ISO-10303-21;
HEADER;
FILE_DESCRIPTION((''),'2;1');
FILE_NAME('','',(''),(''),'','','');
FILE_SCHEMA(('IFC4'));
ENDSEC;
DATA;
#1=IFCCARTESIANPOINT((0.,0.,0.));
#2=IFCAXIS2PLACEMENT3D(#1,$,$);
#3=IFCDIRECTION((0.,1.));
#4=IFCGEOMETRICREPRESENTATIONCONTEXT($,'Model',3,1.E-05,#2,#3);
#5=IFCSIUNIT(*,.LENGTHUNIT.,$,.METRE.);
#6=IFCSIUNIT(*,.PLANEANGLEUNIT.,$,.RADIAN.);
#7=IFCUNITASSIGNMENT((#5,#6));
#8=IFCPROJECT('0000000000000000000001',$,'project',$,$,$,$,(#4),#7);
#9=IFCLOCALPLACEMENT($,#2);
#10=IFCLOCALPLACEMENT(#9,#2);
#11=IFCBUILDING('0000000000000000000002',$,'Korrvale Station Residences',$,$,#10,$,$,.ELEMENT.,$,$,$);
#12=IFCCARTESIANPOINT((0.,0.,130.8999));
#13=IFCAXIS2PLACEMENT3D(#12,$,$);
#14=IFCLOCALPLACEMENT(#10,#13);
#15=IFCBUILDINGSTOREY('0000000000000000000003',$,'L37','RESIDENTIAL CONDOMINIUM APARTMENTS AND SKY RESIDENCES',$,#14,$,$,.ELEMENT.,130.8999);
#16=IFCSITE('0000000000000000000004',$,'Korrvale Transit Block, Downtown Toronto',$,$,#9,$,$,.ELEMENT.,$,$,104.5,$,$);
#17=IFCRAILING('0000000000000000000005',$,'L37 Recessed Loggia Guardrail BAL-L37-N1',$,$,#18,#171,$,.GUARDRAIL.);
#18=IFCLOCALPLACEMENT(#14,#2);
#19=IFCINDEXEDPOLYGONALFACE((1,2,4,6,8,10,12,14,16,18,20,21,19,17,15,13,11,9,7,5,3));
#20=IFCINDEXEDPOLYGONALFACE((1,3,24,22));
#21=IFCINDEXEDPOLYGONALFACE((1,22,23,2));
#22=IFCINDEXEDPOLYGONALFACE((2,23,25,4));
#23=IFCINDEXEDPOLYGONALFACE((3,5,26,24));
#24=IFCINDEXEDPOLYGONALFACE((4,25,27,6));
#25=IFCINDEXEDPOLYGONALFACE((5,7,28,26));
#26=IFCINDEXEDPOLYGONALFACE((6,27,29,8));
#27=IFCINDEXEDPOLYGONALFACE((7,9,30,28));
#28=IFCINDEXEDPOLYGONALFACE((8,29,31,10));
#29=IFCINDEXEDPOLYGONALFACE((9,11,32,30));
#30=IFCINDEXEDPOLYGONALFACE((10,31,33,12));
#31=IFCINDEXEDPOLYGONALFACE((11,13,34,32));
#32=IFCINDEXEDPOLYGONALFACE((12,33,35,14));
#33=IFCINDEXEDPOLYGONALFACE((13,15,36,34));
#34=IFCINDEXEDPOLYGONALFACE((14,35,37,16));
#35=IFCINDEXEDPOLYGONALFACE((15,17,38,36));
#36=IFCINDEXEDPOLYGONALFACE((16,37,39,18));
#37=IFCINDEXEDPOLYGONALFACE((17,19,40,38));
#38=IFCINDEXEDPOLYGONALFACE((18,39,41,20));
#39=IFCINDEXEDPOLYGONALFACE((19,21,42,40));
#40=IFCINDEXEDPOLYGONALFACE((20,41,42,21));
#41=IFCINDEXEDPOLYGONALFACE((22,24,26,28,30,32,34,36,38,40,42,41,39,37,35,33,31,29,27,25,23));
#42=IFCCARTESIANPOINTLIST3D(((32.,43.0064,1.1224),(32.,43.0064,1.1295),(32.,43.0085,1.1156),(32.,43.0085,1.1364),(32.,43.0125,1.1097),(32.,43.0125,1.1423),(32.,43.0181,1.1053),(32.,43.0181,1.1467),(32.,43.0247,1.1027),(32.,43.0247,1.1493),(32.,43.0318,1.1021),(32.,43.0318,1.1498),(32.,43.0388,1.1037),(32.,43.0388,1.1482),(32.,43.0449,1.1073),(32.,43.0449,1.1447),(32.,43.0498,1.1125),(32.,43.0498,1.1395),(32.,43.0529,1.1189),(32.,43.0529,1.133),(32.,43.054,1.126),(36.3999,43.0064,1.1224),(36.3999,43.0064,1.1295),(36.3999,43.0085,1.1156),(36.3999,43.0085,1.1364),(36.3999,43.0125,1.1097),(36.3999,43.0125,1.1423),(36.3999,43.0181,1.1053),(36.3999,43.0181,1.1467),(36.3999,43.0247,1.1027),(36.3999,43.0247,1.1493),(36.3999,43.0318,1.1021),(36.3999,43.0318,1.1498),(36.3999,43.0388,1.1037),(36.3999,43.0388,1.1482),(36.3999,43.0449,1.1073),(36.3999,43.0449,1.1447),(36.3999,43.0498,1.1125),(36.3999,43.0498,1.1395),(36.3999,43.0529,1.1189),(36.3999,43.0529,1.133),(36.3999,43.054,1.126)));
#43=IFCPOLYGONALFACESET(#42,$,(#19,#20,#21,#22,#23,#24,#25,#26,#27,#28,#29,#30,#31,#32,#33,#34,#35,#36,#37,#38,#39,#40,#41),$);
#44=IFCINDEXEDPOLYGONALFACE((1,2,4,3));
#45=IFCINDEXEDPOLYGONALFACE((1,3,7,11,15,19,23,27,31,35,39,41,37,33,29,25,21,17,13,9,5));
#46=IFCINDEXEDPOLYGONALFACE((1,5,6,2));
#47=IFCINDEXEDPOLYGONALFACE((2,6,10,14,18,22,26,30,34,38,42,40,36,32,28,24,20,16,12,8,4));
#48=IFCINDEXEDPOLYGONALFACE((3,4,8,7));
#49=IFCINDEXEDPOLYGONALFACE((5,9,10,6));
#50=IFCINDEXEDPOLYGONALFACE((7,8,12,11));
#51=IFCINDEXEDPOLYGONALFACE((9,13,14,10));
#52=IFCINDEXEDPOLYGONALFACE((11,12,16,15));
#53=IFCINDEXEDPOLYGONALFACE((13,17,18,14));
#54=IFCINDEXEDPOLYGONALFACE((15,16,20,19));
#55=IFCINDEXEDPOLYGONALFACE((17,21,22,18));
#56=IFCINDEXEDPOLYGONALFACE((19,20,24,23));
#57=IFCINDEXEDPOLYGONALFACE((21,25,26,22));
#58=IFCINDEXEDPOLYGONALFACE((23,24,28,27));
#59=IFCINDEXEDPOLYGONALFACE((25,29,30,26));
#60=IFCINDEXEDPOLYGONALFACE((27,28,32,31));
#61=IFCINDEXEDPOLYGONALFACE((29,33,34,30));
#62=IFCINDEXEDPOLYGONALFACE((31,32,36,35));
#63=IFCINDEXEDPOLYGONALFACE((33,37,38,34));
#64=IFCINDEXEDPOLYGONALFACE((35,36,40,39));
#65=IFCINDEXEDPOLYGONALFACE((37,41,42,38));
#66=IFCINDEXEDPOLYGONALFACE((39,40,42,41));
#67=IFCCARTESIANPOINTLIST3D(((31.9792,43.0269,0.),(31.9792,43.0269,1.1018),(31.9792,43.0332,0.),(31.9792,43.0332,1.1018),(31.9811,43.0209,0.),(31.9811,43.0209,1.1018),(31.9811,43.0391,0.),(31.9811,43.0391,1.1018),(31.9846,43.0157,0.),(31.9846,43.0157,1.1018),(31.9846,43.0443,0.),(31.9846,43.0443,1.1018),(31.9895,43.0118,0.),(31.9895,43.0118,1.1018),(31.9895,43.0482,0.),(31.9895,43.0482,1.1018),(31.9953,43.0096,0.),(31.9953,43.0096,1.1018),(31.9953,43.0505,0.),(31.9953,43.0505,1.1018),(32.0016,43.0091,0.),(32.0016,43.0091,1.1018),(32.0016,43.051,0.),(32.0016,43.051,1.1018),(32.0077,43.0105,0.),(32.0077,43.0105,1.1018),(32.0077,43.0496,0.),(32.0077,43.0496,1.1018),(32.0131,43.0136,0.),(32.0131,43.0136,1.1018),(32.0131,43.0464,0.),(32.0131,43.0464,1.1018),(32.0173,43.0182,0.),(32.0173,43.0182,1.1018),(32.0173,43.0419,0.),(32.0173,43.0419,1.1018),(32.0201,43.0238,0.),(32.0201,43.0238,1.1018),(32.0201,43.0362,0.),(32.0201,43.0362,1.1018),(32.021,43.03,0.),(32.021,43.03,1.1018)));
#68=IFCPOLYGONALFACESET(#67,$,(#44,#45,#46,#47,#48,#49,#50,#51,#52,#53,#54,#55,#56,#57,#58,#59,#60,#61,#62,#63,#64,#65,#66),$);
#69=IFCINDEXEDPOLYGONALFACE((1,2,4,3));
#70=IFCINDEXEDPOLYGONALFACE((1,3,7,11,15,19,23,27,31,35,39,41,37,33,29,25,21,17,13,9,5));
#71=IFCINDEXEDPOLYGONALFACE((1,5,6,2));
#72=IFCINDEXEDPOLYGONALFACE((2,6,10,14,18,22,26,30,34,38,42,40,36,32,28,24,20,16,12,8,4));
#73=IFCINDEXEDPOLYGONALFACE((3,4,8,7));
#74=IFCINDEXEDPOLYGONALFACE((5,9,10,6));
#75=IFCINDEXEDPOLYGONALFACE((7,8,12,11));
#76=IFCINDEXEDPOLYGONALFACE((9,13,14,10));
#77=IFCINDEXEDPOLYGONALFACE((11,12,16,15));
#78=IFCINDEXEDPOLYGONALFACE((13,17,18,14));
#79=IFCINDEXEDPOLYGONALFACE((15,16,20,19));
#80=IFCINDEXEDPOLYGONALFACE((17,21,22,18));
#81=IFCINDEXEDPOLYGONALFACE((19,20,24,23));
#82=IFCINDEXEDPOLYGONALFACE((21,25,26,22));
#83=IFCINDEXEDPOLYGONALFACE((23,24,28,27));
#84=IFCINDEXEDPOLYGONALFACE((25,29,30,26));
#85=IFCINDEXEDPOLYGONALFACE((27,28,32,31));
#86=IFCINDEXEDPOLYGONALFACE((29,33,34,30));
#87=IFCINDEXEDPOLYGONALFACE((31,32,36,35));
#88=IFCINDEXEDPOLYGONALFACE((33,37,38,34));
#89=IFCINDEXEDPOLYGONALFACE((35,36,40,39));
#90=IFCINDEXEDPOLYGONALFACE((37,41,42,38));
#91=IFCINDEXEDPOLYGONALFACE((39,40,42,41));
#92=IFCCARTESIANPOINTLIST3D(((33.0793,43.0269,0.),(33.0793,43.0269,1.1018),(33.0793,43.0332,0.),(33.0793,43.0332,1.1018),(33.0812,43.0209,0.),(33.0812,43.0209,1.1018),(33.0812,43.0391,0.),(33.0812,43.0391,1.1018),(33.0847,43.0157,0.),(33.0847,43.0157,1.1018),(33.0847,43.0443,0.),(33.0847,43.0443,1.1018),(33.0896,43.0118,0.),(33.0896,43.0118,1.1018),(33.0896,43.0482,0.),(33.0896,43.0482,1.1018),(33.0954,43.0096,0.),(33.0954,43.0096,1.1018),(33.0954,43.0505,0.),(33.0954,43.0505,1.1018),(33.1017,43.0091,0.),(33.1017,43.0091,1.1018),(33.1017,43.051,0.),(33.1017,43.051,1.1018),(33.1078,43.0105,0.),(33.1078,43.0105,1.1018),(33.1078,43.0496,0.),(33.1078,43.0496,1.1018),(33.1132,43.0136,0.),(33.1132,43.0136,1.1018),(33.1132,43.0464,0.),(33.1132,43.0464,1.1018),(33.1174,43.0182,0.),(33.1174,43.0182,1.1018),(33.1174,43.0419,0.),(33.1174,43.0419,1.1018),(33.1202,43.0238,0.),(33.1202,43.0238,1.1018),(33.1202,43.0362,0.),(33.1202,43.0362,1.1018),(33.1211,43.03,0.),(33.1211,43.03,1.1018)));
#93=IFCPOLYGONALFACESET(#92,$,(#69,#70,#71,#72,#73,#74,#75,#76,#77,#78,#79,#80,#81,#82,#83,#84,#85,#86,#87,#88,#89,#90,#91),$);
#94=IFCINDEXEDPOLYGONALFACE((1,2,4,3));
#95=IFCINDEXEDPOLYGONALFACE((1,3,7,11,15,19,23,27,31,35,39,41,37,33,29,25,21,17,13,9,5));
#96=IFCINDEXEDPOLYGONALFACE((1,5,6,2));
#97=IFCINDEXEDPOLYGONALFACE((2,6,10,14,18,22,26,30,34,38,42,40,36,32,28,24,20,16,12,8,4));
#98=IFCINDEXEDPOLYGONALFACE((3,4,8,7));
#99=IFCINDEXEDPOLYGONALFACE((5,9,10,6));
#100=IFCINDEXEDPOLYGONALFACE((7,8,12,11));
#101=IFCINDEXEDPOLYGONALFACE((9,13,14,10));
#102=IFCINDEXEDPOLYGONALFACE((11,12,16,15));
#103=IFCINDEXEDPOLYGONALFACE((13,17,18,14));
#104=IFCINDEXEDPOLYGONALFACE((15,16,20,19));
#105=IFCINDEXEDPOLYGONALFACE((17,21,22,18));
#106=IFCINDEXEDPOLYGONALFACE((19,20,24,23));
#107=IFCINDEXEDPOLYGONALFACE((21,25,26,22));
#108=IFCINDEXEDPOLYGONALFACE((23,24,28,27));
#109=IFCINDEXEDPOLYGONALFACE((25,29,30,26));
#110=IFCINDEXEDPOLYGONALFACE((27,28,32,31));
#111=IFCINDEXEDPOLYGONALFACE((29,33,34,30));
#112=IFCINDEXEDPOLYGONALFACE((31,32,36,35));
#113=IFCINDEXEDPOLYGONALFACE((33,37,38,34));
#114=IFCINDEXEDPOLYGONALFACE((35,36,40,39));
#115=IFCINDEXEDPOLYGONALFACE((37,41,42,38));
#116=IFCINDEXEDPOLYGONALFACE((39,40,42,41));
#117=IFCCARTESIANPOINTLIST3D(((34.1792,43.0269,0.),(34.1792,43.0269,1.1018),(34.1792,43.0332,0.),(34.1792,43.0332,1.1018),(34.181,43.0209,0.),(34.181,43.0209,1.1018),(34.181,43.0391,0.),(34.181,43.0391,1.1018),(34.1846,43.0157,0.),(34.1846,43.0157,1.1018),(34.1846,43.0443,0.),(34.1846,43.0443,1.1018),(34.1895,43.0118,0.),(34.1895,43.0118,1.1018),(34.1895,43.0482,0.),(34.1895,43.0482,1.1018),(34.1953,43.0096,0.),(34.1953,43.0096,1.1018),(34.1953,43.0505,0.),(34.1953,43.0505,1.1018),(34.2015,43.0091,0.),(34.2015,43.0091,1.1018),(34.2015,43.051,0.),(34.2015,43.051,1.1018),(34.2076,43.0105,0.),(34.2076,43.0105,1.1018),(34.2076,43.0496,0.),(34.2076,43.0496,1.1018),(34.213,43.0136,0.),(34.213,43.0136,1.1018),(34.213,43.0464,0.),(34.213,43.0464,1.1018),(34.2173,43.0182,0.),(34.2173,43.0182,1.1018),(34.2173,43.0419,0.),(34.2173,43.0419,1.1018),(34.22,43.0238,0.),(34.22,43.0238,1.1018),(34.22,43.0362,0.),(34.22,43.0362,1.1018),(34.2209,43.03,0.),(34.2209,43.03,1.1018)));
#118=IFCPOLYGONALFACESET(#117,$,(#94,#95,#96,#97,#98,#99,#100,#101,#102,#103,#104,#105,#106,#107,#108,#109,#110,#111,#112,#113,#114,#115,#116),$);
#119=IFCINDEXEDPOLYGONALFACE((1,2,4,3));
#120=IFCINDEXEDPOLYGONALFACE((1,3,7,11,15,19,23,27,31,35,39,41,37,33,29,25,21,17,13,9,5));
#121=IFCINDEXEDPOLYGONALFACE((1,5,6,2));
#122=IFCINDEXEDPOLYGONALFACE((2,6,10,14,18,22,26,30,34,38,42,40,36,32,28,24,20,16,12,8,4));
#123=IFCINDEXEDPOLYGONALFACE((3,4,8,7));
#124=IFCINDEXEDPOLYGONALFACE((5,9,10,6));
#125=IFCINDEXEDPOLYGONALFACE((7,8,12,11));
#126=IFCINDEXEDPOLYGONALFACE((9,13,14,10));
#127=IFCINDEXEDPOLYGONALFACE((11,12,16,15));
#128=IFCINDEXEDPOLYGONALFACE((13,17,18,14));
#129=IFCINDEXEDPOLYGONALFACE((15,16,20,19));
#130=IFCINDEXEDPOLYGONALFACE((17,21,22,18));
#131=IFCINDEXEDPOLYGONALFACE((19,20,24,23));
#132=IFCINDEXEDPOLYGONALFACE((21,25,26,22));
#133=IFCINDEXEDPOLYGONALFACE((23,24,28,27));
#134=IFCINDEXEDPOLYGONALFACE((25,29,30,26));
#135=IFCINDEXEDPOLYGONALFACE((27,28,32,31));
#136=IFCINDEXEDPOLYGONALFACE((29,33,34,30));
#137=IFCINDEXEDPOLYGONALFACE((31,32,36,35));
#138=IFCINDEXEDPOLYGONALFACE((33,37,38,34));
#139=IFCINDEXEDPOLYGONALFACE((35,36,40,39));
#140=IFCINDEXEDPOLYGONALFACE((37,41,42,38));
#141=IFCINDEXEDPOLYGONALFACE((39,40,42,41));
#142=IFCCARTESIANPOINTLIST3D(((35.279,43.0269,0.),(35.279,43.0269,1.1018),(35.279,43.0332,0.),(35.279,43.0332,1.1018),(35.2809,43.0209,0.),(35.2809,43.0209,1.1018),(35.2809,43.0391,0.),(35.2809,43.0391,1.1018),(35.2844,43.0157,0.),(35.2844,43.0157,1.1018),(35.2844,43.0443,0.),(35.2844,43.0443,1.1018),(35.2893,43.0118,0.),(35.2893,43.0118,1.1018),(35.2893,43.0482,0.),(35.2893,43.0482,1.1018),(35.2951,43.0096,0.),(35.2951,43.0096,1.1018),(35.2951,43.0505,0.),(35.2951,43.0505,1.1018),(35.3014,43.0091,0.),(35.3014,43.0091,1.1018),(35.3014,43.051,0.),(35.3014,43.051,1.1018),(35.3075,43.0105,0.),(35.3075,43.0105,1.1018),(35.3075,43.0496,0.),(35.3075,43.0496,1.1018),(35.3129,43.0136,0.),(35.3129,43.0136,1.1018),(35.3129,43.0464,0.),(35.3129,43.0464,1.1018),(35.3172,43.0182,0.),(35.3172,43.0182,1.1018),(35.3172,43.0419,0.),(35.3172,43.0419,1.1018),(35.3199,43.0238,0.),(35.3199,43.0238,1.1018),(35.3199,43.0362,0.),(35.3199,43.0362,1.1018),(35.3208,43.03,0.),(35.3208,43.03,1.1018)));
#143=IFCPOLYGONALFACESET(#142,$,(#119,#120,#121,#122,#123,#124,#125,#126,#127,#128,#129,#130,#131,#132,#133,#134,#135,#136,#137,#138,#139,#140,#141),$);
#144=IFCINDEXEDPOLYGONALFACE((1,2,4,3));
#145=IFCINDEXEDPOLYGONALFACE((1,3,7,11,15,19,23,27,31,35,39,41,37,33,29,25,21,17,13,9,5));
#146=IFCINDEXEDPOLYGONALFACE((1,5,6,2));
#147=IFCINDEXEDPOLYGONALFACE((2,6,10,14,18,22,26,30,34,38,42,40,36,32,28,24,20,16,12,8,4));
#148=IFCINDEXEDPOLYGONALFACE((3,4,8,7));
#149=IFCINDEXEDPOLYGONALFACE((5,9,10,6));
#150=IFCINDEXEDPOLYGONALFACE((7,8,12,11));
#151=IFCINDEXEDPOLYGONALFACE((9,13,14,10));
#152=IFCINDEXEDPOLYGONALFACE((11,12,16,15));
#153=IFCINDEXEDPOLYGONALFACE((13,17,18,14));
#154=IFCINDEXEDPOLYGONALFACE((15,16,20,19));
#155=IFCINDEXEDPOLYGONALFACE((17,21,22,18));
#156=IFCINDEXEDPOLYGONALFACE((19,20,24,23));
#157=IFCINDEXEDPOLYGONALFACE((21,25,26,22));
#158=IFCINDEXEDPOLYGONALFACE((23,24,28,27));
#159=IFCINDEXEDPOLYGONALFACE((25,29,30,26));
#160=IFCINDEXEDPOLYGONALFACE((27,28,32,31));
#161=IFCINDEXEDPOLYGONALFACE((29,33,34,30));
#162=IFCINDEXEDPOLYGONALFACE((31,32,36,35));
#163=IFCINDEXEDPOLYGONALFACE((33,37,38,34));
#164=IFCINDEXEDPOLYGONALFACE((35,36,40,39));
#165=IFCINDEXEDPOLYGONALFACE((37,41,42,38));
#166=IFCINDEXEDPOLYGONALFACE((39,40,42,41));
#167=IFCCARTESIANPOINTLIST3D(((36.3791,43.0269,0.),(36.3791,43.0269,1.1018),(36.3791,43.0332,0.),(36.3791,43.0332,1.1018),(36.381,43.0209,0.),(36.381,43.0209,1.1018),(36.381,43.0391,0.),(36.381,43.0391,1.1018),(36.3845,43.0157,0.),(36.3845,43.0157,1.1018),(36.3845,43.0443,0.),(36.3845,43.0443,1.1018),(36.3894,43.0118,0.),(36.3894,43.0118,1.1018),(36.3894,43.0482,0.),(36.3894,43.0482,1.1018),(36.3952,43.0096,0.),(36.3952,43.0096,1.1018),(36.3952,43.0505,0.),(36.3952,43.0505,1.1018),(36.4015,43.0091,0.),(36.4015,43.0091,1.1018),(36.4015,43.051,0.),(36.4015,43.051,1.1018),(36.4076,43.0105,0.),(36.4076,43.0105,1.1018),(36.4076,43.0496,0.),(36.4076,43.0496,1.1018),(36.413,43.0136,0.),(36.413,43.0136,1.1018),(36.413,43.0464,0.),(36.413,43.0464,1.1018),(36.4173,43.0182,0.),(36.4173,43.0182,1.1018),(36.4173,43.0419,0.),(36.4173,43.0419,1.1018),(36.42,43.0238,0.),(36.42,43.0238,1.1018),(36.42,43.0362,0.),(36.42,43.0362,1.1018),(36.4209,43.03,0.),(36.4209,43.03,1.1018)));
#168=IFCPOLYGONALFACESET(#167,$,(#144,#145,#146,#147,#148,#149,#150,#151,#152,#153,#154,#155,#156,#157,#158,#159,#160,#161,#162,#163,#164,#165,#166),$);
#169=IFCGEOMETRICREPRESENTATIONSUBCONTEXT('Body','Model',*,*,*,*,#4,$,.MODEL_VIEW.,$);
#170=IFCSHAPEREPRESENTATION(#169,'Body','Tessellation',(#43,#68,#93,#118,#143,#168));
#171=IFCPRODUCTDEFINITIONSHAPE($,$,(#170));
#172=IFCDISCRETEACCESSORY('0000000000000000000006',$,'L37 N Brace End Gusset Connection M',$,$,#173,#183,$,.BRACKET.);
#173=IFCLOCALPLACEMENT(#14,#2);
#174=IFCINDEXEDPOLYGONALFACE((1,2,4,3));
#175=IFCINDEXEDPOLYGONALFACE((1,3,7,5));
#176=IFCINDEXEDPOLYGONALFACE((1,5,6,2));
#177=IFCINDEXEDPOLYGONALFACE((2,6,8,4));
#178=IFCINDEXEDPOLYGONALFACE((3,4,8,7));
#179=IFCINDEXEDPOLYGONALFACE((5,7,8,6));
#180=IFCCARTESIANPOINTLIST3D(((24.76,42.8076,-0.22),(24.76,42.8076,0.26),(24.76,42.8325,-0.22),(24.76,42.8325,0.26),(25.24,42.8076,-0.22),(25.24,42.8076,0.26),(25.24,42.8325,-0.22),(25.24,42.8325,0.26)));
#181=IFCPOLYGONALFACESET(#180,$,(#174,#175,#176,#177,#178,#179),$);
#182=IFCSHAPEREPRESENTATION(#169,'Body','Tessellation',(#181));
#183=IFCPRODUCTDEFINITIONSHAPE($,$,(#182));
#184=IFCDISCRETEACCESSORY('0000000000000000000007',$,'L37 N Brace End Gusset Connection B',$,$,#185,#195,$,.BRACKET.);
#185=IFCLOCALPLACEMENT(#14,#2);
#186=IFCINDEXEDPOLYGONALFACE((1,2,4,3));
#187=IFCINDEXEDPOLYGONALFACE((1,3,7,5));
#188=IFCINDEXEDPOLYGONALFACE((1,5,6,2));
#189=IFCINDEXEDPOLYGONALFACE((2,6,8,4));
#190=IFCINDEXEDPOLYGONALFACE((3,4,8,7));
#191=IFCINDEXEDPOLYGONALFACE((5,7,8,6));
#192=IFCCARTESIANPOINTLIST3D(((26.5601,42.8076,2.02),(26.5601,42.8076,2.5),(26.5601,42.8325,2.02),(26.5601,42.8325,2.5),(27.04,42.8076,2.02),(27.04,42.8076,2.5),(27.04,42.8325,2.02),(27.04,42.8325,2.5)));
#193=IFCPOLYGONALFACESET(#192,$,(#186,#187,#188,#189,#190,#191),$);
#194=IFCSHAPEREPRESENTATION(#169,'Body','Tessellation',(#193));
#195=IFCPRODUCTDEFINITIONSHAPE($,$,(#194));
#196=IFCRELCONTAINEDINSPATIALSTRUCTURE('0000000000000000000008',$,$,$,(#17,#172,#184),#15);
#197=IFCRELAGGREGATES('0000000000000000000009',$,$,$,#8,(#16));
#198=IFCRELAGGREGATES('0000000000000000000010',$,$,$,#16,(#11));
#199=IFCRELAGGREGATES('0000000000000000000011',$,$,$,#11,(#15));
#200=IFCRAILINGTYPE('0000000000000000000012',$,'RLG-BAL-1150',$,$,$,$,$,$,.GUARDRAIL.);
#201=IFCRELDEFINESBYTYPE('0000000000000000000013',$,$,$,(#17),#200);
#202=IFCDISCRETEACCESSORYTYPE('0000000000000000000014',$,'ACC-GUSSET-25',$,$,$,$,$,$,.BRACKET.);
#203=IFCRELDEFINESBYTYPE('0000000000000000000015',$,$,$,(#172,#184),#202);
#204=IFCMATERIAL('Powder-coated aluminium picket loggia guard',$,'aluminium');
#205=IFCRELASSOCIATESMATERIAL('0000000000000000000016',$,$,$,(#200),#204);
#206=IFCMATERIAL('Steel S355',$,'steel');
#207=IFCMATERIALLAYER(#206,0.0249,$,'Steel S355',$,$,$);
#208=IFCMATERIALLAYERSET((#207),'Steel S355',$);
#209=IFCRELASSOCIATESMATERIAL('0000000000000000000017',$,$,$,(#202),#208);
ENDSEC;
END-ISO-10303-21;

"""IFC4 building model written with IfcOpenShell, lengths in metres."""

from ifc_helpers import new_model, si_unit, direction, frame, origin, origin_2d, place, context, subcontext, project, spatial, rectangle, circle, extrude, material, layer, layer_set, type_object, element, save


model = new_model("IFC4")

# Units and contexts
model_context = context("Model", 3, precision=1e-05, world=origin(), true_north=direction((0.0, 1.0)))
body_context = subcontext(model_context, "Body", "Model", "MODEL_VIEW")
ifc_project = project(units=[si_unit("LENGTHUNIT", "METRE"), si_unit("PLANEANGLEUNIT", "RADIAN")], contexts=[model_context])

# Site, building, storey
site_placement = place(None, origin())
site = spatial("IfcSite", under=ifc_project, at=site_placement, Name="Korrvale Transit Block, Downtown Toronto", CompositionType="ELEMENT", RefElevation=104.5)
building_placement = place(site_placement, origin())
building = spatial("IfcBuilding", under=site, at=building_placement, Name="Korrvale Station Residences", CompositionType="ELEMENT")
storey_placement = place(building_placement, frame((0.0, 0.0, 130.8999)))
storey = spatial("IfcBuildingStorey", under=building, at=storey_placement, Name="L37", Description="RESIDENTIAL CONDOMINIUM APARTMENTS AND SKY RESIDENCES", CompositionType="ELEMENT", Elevation=130.8999)

# Shared definitions
ifc_material_1 = material(Name="Steel S355", Category="steel")

# Railing
ifc_material_2 = material(Name="Powder-coated aluminium picket loggia guard", Category="aluminium")
railing_type = type_object("IfcRailingType", Name="RLG-BAL-1150", PredefinedType="GUARDRAIL", material=ifc_material_2)
railing_placement = place(storey_placement, frame((32.0, 43.03, 0.0)))
element("IfcRailing", 1, at=railing_placement, inside=storey, type_object=railing_type, Name="L37 Recessed Loggia Guardrail BAL-L37-N1", PredefinedType="GUARDRAIL", context=body_context, shape_type="SweptSolid", body=[
    extrude(circle(Radius=0.0239, at=origin_2d()), frame((0.0, 0.0, 1.126), z_axis=(1.0, 0.0, 0.0), x_axis=(0.0, 1.0, 0.0)), (0.0, 0.0, 1.0), 4.3999),
    extrude(circle(Radius=0.021, at=origin_2d()), origin(), (0.0, 0.0, 1.0), 1.1018),
    extrude(circle(Radius=0.021, at=origin_2d()), frame((1.1001, 0.0, 0.0)), (0.0, 0.0, 1.0), 1.1018),
    extrude(circle(Radius=0.021, at=origin_2d()), frame((2.2, 0.0, 0.0)), (0.0, 0.0, 1.0), 1.1018),
    extrude(circle(Radius=0.021, at=origin_2d()), frame((3.2998, 0.0, 0.0)), (0.0, 0.0, 1.0), 1.1018),
    extrude(circle(Radius=0.021, at=origin_2d()), frame((4.3999, 0.0, 0.0)), (0.0, 0.0, 1.0), 1.1018),
])

# Discrete accessories
ifc_layer_1 = layer(ifc_material_1, 0.0249, Name="Steel S355")
ifc_layer_set_1 = layer_set([ifc_layer_1], Name="Steel S355")
discrete_accessory_type = type_object("IfcDiscreteAccessoryType", Name="ACC-GUSSET-25", PredefinedType="BRACKET", material=ifc_layer_set_1)
for number, where, z_axis, x_axis, name in (
    (2, (25.0, 42.8201, -0.22), (0.0, 0.0, 1.0), (1.0, 0.0, 0.0), "L37 N Brace End Gusset Connection M"),
    (3, (26.8, 42.8201, 2.02), (0.0, 0.0, 1.0), (1.0, 0.0, 0.0), "L37 N Brace End Gusset Connection B"),
):
    element("IfcDiscreteAccessory", number, at=place(storey_placement, frame(where, z_axis=z_axis, x_axis=x_axis)), inside=storey, type_object=discrete_accessory_type, Name=name, PredefinedType="BRACKET", context=body_context, shape_type="SweptSolid", body=[
        extrude(rectangle(XDim=0.48, YDim=0.0249, at=origin_2d()), origin(), (0.0, 0.0, 1.0), 0.48),
    ])

save(model, "model.ifc")
